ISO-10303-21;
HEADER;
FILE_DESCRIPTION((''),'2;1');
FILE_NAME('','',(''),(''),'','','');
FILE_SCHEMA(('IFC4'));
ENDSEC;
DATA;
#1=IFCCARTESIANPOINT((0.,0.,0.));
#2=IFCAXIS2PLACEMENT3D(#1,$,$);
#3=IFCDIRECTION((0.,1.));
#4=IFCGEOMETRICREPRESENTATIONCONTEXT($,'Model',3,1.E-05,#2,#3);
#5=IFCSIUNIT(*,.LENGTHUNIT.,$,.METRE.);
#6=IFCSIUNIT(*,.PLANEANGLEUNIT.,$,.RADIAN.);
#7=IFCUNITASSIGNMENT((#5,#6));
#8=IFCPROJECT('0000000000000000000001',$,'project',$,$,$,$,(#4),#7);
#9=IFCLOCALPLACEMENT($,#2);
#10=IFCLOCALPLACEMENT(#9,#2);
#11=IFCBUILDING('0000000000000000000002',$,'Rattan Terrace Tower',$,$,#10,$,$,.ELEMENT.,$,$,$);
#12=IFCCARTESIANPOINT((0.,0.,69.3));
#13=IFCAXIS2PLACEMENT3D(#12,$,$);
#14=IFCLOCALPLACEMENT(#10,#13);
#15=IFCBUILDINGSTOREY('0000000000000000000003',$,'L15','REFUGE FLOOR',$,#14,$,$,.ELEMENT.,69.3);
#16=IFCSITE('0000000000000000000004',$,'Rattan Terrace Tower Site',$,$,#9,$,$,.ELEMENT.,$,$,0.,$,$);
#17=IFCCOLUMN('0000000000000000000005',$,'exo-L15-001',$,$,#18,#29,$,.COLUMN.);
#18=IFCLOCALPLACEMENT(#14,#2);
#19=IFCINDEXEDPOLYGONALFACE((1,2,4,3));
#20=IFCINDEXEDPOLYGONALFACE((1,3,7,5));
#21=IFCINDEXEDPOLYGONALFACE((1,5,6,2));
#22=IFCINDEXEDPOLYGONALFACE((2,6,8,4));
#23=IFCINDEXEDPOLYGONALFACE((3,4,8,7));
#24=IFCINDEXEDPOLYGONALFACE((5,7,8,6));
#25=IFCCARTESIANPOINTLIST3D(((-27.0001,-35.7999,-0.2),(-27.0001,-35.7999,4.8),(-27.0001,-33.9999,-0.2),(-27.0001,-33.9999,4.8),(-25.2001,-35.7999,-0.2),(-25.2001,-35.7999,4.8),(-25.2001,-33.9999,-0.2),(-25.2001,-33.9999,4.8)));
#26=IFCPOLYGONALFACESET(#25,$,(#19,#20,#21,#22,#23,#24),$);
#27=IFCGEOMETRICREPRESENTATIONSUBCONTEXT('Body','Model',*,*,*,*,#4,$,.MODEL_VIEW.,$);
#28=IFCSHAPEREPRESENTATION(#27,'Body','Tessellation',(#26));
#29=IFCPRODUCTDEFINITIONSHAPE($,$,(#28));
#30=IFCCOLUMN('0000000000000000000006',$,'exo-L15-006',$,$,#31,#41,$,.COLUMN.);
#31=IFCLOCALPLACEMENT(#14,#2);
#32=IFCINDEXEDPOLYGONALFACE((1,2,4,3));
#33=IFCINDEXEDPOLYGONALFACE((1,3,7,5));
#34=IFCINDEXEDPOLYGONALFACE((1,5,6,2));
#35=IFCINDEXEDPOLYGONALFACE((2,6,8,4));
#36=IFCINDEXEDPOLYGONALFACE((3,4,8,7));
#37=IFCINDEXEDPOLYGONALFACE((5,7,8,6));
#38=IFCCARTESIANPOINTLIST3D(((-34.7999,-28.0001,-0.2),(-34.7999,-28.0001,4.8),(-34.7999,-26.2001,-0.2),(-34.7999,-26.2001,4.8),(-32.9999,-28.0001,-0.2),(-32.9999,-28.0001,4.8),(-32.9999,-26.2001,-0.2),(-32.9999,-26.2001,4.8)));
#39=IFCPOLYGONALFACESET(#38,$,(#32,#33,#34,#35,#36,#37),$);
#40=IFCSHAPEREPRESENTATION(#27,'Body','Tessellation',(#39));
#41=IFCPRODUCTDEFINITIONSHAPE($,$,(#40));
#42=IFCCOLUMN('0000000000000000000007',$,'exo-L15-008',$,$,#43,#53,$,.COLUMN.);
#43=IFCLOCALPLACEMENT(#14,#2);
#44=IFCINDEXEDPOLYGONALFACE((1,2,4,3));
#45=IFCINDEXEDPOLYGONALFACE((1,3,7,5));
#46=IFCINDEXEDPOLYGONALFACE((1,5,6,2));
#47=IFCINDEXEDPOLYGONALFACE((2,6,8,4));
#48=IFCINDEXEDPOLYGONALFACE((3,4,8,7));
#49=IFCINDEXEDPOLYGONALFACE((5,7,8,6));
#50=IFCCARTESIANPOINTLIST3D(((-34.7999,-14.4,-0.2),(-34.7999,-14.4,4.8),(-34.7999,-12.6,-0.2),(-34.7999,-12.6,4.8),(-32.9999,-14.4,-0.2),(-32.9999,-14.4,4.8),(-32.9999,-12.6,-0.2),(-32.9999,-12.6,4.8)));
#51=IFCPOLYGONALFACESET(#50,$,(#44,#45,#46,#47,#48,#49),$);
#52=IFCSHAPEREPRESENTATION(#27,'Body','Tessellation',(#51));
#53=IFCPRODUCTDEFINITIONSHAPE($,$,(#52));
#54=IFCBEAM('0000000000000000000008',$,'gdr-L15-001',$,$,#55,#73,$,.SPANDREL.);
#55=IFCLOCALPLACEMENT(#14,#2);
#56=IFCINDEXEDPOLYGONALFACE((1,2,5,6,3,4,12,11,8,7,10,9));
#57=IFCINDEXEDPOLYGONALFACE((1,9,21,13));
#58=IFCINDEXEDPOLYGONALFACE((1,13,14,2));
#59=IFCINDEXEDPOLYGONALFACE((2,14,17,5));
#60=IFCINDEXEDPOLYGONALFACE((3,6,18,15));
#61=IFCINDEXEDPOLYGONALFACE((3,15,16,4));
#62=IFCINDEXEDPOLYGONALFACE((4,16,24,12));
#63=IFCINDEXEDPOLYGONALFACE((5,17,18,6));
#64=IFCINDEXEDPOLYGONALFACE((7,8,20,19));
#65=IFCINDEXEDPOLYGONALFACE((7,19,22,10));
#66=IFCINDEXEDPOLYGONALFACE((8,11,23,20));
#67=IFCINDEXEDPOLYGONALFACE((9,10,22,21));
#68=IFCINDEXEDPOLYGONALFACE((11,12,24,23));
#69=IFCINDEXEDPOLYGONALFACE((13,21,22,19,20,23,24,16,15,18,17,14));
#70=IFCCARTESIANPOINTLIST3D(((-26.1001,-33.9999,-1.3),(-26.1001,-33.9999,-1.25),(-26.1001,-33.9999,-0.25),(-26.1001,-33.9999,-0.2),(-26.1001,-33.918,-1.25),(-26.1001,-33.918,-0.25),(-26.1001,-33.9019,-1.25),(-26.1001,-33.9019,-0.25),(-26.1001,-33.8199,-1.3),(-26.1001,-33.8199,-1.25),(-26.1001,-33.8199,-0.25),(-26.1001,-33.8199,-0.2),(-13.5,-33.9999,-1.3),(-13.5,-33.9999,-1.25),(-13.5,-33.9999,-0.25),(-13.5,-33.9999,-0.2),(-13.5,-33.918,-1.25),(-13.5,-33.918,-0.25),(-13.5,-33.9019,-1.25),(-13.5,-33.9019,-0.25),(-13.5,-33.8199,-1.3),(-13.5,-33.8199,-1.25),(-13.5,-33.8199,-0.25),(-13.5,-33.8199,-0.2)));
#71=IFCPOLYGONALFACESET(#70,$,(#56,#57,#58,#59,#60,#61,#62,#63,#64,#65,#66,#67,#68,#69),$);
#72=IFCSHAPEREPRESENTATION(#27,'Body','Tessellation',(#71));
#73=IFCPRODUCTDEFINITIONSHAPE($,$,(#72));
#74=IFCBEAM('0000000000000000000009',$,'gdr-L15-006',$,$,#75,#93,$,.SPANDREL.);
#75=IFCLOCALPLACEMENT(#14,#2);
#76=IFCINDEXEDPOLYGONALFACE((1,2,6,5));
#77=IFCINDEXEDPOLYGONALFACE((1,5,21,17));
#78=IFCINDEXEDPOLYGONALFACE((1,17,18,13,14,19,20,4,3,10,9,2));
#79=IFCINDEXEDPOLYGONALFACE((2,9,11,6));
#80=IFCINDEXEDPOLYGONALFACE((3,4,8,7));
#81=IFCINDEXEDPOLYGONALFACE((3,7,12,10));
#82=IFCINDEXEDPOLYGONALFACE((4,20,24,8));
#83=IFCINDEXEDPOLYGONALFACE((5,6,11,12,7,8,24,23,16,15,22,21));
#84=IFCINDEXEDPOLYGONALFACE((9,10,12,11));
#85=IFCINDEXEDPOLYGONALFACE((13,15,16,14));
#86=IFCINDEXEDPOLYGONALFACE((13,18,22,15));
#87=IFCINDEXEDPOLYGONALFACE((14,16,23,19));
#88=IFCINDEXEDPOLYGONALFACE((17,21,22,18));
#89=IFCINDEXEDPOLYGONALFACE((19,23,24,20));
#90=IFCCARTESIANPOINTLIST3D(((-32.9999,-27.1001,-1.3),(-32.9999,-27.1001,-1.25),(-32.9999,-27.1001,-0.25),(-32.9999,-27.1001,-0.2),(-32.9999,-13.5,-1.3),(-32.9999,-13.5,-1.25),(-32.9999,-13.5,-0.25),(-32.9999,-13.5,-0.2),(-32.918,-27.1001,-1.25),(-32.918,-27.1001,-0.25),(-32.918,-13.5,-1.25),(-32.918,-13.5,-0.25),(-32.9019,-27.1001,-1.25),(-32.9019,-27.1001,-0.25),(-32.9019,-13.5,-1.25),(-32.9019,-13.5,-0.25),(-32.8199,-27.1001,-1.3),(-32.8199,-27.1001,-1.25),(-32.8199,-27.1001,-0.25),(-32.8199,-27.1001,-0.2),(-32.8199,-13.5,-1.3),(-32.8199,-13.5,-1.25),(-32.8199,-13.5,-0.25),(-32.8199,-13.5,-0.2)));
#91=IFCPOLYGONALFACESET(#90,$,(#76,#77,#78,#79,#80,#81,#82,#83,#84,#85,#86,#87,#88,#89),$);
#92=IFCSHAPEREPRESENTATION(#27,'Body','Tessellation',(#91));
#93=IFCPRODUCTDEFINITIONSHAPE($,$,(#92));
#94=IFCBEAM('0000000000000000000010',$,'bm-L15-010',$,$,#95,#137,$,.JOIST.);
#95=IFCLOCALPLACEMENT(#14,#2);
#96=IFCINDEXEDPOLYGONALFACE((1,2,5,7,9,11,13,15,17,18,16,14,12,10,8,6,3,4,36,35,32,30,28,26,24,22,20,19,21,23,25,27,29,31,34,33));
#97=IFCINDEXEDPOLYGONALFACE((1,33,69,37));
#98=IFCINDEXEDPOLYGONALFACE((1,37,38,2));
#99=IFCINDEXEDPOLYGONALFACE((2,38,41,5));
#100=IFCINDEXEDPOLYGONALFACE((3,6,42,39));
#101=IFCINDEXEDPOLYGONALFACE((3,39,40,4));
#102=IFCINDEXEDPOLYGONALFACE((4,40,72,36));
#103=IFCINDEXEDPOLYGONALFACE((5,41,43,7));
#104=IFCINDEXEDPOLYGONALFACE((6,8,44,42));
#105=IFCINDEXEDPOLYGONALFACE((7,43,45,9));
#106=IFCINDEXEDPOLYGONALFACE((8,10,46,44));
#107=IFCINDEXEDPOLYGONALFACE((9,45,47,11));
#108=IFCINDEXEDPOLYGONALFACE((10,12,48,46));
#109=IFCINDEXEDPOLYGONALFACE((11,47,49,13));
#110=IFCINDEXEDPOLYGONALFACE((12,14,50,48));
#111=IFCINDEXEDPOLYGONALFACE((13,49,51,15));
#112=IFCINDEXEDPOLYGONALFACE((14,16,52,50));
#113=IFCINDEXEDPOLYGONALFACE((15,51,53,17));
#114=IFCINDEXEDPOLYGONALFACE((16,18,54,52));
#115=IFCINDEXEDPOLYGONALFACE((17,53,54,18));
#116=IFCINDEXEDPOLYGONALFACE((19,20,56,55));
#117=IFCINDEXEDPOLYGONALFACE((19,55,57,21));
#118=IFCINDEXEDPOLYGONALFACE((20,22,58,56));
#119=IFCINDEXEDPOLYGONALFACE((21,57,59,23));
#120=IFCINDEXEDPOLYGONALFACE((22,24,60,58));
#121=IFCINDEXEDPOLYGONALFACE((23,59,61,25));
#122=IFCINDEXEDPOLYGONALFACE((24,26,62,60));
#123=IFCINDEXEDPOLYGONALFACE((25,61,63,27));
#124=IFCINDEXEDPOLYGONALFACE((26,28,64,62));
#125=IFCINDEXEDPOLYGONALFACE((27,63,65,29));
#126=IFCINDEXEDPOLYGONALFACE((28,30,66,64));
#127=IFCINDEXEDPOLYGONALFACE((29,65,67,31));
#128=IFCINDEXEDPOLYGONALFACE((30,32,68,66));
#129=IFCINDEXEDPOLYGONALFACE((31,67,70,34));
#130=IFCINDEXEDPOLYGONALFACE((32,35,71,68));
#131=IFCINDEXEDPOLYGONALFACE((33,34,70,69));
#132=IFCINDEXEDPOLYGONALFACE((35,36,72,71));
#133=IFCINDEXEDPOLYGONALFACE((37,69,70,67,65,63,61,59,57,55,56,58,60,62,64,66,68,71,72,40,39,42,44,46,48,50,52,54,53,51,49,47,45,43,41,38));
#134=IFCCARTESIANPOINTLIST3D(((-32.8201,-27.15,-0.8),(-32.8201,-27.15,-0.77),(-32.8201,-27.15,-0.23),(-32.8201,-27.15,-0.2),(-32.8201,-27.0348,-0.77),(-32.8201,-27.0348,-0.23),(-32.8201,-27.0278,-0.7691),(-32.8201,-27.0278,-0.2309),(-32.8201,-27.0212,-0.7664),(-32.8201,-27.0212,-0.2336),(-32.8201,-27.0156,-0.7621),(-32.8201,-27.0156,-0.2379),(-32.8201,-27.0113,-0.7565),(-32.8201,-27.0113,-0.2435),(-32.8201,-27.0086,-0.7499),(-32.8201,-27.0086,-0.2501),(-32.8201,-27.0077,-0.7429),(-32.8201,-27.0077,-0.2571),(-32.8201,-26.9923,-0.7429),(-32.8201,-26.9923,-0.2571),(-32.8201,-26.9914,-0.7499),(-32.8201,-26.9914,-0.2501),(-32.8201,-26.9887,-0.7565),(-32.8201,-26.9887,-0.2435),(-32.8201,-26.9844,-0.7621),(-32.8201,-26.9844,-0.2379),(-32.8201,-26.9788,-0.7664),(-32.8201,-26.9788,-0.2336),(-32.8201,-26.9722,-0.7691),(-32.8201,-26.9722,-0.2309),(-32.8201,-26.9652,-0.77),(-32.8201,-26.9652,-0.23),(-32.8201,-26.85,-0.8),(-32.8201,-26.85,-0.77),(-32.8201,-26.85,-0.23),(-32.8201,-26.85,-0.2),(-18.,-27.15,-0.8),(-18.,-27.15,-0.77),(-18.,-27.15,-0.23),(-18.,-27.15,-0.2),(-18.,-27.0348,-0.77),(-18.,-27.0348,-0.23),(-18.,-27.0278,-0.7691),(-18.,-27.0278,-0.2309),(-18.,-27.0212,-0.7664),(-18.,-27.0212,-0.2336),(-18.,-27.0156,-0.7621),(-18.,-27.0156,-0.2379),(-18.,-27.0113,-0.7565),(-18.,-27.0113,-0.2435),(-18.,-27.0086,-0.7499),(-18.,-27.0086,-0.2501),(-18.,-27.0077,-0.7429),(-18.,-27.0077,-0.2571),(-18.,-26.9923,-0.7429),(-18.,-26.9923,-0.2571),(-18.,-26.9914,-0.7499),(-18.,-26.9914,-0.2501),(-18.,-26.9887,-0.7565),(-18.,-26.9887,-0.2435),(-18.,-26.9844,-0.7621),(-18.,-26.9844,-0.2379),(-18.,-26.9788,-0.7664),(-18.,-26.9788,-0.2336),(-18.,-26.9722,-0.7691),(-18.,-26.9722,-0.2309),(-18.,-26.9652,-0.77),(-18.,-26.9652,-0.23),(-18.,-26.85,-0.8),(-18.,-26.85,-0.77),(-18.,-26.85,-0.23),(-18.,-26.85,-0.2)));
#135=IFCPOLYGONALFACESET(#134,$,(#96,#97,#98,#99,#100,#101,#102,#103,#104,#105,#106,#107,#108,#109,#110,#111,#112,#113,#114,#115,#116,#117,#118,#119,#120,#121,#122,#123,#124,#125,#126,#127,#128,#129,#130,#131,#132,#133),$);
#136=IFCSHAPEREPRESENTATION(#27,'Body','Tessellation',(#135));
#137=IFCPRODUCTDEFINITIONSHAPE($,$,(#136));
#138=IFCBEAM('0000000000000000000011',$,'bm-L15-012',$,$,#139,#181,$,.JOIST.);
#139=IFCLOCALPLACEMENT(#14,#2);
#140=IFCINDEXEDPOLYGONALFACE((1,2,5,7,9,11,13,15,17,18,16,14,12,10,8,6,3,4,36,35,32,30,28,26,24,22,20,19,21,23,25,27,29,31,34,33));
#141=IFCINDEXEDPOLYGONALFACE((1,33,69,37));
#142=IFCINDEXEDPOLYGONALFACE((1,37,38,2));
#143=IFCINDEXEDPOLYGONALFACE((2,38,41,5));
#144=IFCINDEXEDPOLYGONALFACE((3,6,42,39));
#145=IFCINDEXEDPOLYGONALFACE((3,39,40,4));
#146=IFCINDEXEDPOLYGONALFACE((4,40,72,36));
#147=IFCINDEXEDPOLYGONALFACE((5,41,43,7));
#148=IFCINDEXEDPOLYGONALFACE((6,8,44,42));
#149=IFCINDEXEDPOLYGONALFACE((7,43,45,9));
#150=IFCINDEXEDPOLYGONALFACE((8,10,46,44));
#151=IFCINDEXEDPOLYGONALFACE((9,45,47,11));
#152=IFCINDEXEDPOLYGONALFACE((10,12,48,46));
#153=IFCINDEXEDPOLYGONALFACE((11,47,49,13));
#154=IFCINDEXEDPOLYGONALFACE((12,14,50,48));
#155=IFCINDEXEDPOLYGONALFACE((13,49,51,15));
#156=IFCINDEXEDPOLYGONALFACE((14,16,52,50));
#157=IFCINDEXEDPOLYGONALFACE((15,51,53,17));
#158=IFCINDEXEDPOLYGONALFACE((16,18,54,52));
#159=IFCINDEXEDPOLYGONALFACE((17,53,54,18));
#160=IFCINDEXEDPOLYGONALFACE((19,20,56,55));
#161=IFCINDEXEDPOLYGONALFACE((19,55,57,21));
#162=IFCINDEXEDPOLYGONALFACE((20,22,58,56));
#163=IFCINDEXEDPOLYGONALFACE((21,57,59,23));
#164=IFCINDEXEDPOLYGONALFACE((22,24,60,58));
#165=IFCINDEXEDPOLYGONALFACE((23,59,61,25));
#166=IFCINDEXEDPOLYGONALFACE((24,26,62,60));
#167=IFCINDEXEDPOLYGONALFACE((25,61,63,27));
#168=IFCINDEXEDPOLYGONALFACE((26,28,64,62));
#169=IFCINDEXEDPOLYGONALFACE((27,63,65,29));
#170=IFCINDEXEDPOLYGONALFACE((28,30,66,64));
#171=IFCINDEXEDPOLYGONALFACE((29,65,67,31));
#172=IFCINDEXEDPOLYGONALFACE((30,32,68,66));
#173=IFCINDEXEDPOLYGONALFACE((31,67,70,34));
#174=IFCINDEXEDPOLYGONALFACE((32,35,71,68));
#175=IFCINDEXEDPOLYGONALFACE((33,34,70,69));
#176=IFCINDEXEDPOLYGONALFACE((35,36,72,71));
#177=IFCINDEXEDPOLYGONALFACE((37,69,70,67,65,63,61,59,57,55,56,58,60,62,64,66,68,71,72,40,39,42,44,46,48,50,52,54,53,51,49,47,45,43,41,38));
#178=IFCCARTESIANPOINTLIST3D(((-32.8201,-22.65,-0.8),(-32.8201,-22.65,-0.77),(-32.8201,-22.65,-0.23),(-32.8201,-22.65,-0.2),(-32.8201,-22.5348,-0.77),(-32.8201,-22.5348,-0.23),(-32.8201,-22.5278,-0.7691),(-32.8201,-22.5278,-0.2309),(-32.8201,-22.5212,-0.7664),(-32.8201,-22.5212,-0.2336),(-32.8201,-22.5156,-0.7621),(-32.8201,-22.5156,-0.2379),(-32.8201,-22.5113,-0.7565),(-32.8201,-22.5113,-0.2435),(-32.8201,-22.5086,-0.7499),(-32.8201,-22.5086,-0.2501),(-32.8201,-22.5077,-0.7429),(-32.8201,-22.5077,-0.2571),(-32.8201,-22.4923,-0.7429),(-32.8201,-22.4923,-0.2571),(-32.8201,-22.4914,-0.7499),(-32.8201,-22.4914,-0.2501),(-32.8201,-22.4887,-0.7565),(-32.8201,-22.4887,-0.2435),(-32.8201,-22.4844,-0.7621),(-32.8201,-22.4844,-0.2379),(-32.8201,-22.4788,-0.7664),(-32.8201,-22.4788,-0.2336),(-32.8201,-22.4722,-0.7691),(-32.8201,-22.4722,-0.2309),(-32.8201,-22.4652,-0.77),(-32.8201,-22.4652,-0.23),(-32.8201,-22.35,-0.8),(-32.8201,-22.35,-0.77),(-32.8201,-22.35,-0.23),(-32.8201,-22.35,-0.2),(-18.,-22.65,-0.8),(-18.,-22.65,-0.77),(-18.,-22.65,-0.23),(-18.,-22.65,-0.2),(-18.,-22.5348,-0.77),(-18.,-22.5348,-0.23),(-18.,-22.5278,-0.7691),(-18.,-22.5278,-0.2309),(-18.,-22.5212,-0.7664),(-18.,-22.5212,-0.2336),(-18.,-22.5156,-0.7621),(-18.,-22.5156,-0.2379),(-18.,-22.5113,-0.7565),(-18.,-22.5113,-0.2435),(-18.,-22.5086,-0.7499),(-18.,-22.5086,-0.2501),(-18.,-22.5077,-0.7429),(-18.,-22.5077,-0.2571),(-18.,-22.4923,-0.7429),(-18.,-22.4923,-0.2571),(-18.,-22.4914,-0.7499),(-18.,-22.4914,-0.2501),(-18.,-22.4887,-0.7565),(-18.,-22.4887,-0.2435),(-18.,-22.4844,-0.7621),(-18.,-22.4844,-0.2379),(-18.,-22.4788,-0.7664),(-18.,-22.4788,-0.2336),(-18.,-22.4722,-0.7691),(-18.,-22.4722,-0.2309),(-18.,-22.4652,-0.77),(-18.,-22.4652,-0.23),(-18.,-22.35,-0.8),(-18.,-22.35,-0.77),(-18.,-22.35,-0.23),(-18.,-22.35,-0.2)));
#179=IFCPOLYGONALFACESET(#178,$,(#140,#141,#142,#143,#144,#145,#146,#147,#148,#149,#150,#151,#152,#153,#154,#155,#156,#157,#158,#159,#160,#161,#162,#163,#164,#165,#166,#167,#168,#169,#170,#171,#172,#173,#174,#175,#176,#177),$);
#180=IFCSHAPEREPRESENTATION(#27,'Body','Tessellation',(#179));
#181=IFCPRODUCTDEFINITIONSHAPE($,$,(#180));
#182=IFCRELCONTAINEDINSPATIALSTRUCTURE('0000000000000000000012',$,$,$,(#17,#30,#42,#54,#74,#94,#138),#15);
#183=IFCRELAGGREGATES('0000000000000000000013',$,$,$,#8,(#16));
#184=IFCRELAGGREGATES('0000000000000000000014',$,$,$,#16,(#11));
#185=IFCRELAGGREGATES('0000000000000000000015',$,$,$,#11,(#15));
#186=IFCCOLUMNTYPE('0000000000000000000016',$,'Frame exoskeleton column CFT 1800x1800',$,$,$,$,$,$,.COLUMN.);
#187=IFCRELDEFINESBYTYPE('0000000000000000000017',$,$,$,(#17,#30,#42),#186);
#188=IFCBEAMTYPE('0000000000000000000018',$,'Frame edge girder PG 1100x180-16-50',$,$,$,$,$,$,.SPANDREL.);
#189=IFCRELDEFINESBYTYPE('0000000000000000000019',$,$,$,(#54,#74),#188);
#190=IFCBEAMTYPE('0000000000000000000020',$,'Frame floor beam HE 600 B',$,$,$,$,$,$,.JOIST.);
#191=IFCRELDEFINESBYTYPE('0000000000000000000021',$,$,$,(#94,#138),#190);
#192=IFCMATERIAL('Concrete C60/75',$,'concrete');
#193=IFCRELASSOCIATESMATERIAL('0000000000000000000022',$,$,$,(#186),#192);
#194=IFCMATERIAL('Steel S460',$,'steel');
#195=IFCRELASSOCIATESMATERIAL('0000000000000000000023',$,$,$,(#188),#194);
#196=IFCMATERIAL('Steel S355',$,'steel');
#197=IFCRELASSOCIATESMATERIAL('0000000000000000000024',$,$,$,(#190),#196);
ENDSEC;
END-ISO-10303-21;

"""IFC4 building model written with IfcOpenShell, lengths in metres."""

from ifc_helpers import new_model, si_unit, direction, frame, origin, origin_2d, place, context, subcontext, project, spatial, rectangle, i_section, extrude, material, material_profile, profile_set, type_object, element, save


model = new_model("IFC4")

# Units and contexts
model_context = context("Model", 3, precision=1e-05, world=origin(), true_north=direction((0.0, 1.0)))
body_context = subcontext(model_context, "Body", "Model", "MODEL_VIEW")
ifc_project = project(units=[si_unit("LENGTHUNIT", "METRE"), si_unit("PLANEANGLEUNIT", "RADIAN")], contexts=[model_context])

# Site, building, storey
site_placement = place(None, origin())
site = spatial("IfcSite", under=ifc_project, at=site_placement, Name="Rattan Terrace Tower Site", CompositionType="ELEMENT", RefElevation=0.0)
building_placement = place(site_placement, origin())
building = spatial("IfcBuilding", under=site, at=building_placement, Name="Rattan Terrace Tower", CompositionType="ELEMENT")
storey_placement = place(building_placement, frame((0.0, 0.0, 69.3)))
storey = spatial("IfcBuildingStorey", under=building, at=storey_placement, Name="L15", Description="REFUGE FLOOR", CompositionType="ELEMENT", Elevation=69.3)

# Columns
ifc_material_1 = material(Name="Concrete C60/75", Category="concrete")
ifc_material_profile_1 = material_profile(ifc_material_1, rectangle(XDim=1.8, YDim=1.8, at=origin_2d()), Name="CFT 1800x1800")
ifc_profile_set_1 = profile_set([ifc_material_profile_1], Name="Concrete C60/75")
column_type = type_object("IfcColumnType", Name="Frame exoskeleton column CFT 1800x1800", PredefinedType="COLUMN", material=ifc_profile_set_1)
for number, where, z_axis, x_axis, name in (
    (1, (-26.1001, -34.8999, -0.2), (0.0, 0.0, 1.0), (1.0, 0.0, 0.0), "exo-L15-001"),
    (2, (-33.8999, -27.1001, -0.2), (0.0, 0.0, 1.0), (0.0, 1.0, 0.0), "exo-L15-006"),
    (3, (-33.8999, -13.5, -0.2), (0.0, 0.0, 1.0), (0.0, 1.0, 0.0), "exo-L15-008"),
):
    element("IfcColumn", number, at=place(storey_placement, frame(where, z_axis=z_axis, x_axis=x_axis)), inside=storey, type_object=column_type, Name=name, PredefinedType="COLUMN", context=body_context, shape_type="SweptSolid", body=[
        extrude(rectangle(XDim=1.8, YDim=1.8, at=origin_2d()), origin(), (0.0, 0.0, 1.0), 5.0),
    ])

# Beams
ifc_material_2 = material(Name="Steel S460", Category="steel")
ifc_material_profile_2 = material_profile(ifc_material_2, i_section(OverallWidth=0.1799, OverallDepth=1.1001, WebThickness=0.0161, FlangeThickness=0.05, at=origin_2d()), Name="PG 1100x180-16-50")
ifc_profile_set_2 = profile_set([ifc_material_profile_2], Name="Steel S460")
beam_type_1 = type_object("IfcBeamType", Name="Frame edge girder PG 1100x180-16-50", PredefinedType="SPANDREL", material=ifc_profile_set_2)
beam_1_placement = place(storey_placement, frame((-26.1001, -33.9099, -0.75), z_axis=(1.0, 0.0, 0.0), x_axis=(0.0, 1.0, 0.0)))
element("IfcBeam", 4, at=beam_1_placement, inside=storey, type_object=beam_type_1, Name="gdr-L15-001", PredefinedType="SPANDREL", context=body_context, shape_type="SweptSolid", body=[
    extrude(i_section(OverallWidth=0.1799, OverallDepth=1.1001, WebThickness=0.0161, FlangeThickness=0.05, at=origin_2d()), origin(), (0.0, 0.0, 1.0), 12.6001),
])
beam_2_placement = place(storey_placement, frame((-32.9099, -13.5, -0.75), z_axis=(0.0, -1.0, 0.0), x_axis=(1.0, 0.0, 0.0)))
element("IfcBeam", 5, at=beam_2_placement, inside=storey, type_object=beam_type_1, Name="gdr-L15-006", PredefinedType="SPANDREL", context=body_context, shape_type="SweptSolid", body=[
    extrude(i_section(OverallWidth=0.1799, OverallDepth=1.1001, WebThickness=0.0161, FlangeThickness=0.05, at=origin_2d()), origin(), (0.0, 0.0, 1.0), 13.6001),
])
ifc_material_3 = material(Name="Steel S355", Category="steel")
ifc_material_profile_3 = material_profile(ifc_material_3, i_section(OverallWidth=0.3, OverallDepth=0.6001, WebThickness=0.0154, FlangeThickness=0.03, FilletRadius=0.0271, at=origin_2d()), Name="HE 600 B")
ifc_profile_set_3 = profile_set([ifc_material_profile_3], Name="Steel S355")
beam_type_2 = type_object("IfcBeamType", Name="Frame floor beam HE 600 B", PredefinedType="JOIST", material=ifc_profile_set_3)
for number, where, z_axis, x_axis, name in (
    (6, (-32.8201, -27.0, -0.5), (1.0, 0.0, 0.0), (0.0, 1.0, 0.0), "bm-L15-010"),
    (7, (-32.8201, -22.5, -0.5), (1.0, 0.0, 0.0), (0.0, 1.0, 0.0), "bm-L15-012"),
):
    element("IfcBeam", number, at=place(storey_placement, frame(where, z_axis=z_axis, x_axis=x_axis)), inside=storey, type_object=beam_type_2, Name=name, PredefinedType="JOIST", context=body_context, shape_type="SweptSolid", body=[
        extrude(i_section(OverallWidth=0.3, OverallDepth=0.6001, WebThickness=0.0154, FlangeThickness=0.03, FilletRadius=0.0271, at=origin_2d()), origin(), (0.0, 0.0, 1.0), 14.8201),
    ])

save(model, "model.ifc")
